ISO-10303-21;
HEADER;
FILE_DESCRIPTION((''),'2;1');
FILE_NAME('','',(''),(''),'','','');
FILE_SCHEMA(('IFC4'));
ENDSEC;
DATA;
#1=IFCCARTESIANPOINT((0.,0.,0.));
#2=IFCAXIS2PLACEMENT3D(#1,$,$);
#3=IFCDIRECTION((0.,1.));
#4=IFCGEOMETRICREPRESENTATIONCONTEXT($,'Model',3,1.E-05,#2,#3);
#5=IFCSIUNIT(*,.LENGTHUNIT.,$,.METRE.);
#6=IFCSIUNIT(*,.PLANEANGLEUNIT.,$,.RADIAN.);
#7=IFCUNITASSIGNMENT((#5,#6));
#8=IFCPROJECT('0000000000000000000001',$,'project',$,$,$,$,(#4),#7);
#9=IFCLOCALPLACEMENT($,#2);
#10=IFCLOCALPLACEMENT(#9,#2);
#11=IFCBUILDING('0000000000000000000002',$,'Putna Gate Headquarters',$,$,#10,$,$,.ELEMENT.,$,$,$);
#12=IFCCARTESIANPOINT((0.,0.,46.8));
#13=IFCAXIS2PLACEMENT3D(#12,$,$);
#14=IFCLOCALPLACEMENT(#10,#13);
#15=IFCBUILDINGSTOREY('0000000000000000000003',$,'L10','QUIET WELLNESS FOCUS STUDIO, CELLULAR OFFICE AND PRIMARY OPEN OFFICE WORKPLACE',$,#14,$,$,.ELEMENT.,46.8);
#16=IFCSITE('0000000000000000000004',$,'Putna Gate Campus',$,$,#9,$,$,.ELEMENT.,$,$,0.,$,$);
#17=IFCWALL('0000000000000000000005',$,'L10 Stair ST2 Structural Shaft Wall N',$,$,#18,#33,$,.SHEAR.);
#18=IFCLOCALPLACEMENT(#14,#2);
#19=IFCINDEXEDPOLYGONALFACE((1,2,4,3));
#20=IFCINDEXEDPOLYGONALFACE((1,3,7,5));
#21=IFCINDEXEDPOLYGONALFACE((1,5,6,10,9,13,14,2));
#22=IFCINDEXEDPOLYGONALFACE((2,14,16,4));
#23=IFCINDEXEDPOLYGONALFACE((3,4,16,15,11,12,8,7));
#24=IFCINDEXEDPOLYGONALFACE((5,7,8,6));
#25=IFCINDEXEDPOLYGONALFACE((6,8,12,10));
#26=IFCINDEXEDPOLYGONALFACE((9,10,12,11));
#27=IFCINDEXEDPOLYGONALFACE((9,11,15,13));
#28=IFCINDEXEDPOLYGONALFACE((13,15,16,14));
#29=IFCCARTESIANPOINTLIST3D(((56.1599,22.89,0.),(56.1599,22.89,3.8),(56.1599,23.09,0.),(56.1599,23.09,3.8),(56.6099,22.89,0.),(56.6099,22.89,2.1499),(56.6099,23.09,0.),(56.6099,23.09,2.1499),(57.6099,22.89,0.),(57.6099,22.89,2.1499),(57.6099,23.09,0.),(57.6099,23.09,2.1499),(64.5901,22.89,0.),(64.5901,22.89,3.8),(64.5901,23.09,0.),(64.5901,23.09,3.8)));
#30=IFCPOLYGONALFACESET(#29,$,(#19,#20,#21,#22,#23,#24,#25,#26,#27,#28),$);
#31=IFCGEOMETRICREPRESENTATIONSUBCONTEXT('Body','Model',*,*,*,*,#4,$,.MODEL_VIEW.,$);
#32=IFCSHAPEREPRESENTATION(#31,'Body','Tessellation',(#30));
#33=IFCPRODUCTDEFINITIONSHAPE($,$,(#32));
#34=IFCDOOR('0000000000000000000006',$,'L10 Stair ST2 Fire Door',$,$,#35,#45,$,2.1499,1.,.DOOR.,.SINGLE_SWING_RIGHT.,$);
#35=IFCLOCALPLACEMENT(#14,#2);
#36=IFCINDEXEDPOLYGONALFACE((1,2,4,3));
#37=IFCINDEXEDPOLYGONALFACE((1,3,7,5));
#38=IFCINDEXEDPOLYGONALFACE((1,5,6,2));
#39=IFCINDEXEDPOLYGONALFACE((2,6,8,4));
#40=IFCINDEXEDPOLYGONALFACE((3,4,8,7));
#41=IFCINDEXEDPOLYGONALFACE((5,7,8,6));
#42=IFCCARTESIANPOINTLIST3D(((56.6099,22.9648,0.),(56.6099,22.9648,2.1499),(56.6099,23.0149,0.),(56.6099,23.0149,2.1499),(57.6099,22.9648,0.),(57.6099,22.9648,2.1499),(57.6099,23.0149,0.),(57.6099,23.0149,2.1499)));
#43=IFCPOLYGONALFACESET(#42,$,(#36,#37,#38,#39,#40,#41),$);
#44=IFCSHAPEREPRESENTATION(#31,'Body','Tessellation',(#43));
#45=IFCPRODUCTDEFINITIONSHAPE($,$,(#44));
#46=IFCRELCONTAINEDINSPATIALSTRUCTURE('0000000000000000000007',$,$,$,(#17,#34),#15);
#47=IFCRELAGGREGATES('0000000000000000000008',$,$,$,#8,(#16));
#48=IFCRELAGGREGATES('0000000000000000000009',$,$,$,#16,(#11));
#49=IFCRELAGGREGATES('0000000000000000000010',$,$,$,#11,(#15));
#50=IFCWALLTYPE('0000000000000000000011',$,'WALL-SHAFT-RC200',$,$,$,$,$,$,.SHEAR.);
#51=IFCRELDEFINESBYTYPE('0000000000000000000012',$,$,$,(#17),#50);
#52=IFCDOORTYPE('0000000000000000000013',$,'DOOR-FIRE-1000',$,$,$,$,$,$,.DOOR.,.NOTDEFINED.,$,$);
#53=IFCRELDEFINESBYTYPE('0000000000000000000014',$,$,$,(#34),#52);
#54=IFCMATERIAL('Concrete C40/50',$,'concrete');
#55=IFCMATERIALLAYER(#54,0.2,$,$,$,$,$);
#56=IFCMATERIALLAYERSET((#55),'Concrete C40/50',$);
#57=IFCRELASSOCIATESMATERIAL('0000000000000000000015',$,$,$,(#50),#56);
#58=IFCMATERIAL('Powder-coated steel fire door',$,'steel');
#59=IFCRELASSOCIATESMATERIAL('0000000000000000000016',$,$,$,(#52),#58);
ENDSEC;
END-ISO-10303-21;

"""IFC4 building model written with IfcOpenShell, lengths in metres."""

from ifc_helpers import new_model, si_unit, direction, frame, frame_2d, origin, place, context, subcontext, project, spatial, rectangle, extrude, material, layer, layer_set, type_object, element, fill, save


model = new_model("IFC4")

# Units and contexts
model_context = context("Model", 3, precision=1e-05, world=origin(), true_north=direction((0.0, 1.0)))
body_context = subcontext(model_context, "Body", "Model", "MODEL_VIEW")
ifc_project = project(units=[si_unit("LENGTHUNIT", "METRE"), si_unit("PLANEANGLEUNIT", "RADIAN")], contexts=[model_context])

# Site, building, storey
site_placement = place(None, origin())
site = spatial("IfcSite", under=ifc_project, at=site_placement, Name="Putna Gate Campus", CompositionType="ELEMENT", RefElevation=0.0)
building_placement = place(site_placement, origin())
building = spatial("IfcBuilding", under=site, at=building_placement, Name="Putna Gate Headquarters", CompositionType="ELEMENT")
storey_placement = place(building_placement, frame((0.0, 0.0, 46.8)))
storey = spatial("IfcBuildingStorey", under=building, at=storey_placement, Name="L10", Description="QUIET WELLNESS FOCUS STUDIO, CELLULAR OFFICE AND PRIMARY OPEN OFFICE WORKPLACE", CompositionType="ELEMENT", Elevation=46.8)

# Shared definitions
ifc_material_1 = material(Name="Concrete C40/50", Category="concrete")

# Wall, opening, door
ifc_layer_1 = layer(ifc_material_1, 0.2)
ifc_layer_set_1 = layer_set([ifc_layer_1], Name="Concrete C40/50")
wall_type_1 = type_object("IfcWallType", Name="WALL-SHAFT-RC200", PredefinedType="SHEAR", material=ifc_layer_set_1)
wall_1_placement = place(storey_placement, frame((56.1599, 22.99, 0.0), z_axis=(0.0, 0.0, 1.0), x_axis=(1.0, 0.0, 0.0)))
wall_1 = element("IfcWall", 1, at=wall_1_placement, inside=storey, type_object=wall_type_1, Name="L10 Stair ST2 Structural Shaft Wall N", PredefinedType="SHEAR", context=body_context, shape_type="SweptSolid", body=[
    extrude(rectangle(XDim=8.4302, YDim=0.2, at=frame_2d((4.2151, 0.0))), origin(), (0.0, 0.0, 1.0), 3.8),
])
opening_1_placement = place(wall_1_placement, frame((0.45, 0.0, 0.0)))
opening_1 = element("IfcOpeningElement", 2, at=opening_1_placement, cuts=wall_1, PredefinedType="OPENING", context=body_context, shape_type="SweptSolid", body=[
    extrude(rectangle(XDim=1.0, YDim=2.1499, at=frame_2d((0.5, 1.075))), frame((0.0, 0.1099, 0.0), z_axis=(0.0, -1.0, 0.0), x_axis=(1.0, 0.0, 0.0)), (0.0, 0.0, 1.0), 0.22),
])
ifc_material_2 = material(Name="Powder-coated steel fire door", Category="steel")
door_type_1 = type_object("IfcDoorType", Name="DOOR-FIRE-1000", OperationType="NOTDEFINED", PredefinedType="DOOR", material=ifc_material_2)
door_1_placement = place(opening_1_placement, origin())
door_1 = element("IfcDoor", 3, at=door_1_placement, inside=storey, type_object=door_type_1, Name="L10 Stair ST2 Fire Door", OperationType="SINGLE_SWING_RIGHT", OverallHeight=2.1499, OverallWidth=1.0, PredefinedType="DOOR", context=body_context, shape_type="SweptSolid", body=[
    extrude(rectangle(XDim=1.0, YDim=2.1499, at=frame_2d((0.5, 1.075))), frame((0.0, 0.0249, 0.0), z_axis=(0.0, -1.0, 0.0), x_axis=(1.0, 0.0, 0.0)), (0.0, 0.0, 1.0), 0.05),
])
fill(opening_1, door_1)

save(model, "model.ifc")
